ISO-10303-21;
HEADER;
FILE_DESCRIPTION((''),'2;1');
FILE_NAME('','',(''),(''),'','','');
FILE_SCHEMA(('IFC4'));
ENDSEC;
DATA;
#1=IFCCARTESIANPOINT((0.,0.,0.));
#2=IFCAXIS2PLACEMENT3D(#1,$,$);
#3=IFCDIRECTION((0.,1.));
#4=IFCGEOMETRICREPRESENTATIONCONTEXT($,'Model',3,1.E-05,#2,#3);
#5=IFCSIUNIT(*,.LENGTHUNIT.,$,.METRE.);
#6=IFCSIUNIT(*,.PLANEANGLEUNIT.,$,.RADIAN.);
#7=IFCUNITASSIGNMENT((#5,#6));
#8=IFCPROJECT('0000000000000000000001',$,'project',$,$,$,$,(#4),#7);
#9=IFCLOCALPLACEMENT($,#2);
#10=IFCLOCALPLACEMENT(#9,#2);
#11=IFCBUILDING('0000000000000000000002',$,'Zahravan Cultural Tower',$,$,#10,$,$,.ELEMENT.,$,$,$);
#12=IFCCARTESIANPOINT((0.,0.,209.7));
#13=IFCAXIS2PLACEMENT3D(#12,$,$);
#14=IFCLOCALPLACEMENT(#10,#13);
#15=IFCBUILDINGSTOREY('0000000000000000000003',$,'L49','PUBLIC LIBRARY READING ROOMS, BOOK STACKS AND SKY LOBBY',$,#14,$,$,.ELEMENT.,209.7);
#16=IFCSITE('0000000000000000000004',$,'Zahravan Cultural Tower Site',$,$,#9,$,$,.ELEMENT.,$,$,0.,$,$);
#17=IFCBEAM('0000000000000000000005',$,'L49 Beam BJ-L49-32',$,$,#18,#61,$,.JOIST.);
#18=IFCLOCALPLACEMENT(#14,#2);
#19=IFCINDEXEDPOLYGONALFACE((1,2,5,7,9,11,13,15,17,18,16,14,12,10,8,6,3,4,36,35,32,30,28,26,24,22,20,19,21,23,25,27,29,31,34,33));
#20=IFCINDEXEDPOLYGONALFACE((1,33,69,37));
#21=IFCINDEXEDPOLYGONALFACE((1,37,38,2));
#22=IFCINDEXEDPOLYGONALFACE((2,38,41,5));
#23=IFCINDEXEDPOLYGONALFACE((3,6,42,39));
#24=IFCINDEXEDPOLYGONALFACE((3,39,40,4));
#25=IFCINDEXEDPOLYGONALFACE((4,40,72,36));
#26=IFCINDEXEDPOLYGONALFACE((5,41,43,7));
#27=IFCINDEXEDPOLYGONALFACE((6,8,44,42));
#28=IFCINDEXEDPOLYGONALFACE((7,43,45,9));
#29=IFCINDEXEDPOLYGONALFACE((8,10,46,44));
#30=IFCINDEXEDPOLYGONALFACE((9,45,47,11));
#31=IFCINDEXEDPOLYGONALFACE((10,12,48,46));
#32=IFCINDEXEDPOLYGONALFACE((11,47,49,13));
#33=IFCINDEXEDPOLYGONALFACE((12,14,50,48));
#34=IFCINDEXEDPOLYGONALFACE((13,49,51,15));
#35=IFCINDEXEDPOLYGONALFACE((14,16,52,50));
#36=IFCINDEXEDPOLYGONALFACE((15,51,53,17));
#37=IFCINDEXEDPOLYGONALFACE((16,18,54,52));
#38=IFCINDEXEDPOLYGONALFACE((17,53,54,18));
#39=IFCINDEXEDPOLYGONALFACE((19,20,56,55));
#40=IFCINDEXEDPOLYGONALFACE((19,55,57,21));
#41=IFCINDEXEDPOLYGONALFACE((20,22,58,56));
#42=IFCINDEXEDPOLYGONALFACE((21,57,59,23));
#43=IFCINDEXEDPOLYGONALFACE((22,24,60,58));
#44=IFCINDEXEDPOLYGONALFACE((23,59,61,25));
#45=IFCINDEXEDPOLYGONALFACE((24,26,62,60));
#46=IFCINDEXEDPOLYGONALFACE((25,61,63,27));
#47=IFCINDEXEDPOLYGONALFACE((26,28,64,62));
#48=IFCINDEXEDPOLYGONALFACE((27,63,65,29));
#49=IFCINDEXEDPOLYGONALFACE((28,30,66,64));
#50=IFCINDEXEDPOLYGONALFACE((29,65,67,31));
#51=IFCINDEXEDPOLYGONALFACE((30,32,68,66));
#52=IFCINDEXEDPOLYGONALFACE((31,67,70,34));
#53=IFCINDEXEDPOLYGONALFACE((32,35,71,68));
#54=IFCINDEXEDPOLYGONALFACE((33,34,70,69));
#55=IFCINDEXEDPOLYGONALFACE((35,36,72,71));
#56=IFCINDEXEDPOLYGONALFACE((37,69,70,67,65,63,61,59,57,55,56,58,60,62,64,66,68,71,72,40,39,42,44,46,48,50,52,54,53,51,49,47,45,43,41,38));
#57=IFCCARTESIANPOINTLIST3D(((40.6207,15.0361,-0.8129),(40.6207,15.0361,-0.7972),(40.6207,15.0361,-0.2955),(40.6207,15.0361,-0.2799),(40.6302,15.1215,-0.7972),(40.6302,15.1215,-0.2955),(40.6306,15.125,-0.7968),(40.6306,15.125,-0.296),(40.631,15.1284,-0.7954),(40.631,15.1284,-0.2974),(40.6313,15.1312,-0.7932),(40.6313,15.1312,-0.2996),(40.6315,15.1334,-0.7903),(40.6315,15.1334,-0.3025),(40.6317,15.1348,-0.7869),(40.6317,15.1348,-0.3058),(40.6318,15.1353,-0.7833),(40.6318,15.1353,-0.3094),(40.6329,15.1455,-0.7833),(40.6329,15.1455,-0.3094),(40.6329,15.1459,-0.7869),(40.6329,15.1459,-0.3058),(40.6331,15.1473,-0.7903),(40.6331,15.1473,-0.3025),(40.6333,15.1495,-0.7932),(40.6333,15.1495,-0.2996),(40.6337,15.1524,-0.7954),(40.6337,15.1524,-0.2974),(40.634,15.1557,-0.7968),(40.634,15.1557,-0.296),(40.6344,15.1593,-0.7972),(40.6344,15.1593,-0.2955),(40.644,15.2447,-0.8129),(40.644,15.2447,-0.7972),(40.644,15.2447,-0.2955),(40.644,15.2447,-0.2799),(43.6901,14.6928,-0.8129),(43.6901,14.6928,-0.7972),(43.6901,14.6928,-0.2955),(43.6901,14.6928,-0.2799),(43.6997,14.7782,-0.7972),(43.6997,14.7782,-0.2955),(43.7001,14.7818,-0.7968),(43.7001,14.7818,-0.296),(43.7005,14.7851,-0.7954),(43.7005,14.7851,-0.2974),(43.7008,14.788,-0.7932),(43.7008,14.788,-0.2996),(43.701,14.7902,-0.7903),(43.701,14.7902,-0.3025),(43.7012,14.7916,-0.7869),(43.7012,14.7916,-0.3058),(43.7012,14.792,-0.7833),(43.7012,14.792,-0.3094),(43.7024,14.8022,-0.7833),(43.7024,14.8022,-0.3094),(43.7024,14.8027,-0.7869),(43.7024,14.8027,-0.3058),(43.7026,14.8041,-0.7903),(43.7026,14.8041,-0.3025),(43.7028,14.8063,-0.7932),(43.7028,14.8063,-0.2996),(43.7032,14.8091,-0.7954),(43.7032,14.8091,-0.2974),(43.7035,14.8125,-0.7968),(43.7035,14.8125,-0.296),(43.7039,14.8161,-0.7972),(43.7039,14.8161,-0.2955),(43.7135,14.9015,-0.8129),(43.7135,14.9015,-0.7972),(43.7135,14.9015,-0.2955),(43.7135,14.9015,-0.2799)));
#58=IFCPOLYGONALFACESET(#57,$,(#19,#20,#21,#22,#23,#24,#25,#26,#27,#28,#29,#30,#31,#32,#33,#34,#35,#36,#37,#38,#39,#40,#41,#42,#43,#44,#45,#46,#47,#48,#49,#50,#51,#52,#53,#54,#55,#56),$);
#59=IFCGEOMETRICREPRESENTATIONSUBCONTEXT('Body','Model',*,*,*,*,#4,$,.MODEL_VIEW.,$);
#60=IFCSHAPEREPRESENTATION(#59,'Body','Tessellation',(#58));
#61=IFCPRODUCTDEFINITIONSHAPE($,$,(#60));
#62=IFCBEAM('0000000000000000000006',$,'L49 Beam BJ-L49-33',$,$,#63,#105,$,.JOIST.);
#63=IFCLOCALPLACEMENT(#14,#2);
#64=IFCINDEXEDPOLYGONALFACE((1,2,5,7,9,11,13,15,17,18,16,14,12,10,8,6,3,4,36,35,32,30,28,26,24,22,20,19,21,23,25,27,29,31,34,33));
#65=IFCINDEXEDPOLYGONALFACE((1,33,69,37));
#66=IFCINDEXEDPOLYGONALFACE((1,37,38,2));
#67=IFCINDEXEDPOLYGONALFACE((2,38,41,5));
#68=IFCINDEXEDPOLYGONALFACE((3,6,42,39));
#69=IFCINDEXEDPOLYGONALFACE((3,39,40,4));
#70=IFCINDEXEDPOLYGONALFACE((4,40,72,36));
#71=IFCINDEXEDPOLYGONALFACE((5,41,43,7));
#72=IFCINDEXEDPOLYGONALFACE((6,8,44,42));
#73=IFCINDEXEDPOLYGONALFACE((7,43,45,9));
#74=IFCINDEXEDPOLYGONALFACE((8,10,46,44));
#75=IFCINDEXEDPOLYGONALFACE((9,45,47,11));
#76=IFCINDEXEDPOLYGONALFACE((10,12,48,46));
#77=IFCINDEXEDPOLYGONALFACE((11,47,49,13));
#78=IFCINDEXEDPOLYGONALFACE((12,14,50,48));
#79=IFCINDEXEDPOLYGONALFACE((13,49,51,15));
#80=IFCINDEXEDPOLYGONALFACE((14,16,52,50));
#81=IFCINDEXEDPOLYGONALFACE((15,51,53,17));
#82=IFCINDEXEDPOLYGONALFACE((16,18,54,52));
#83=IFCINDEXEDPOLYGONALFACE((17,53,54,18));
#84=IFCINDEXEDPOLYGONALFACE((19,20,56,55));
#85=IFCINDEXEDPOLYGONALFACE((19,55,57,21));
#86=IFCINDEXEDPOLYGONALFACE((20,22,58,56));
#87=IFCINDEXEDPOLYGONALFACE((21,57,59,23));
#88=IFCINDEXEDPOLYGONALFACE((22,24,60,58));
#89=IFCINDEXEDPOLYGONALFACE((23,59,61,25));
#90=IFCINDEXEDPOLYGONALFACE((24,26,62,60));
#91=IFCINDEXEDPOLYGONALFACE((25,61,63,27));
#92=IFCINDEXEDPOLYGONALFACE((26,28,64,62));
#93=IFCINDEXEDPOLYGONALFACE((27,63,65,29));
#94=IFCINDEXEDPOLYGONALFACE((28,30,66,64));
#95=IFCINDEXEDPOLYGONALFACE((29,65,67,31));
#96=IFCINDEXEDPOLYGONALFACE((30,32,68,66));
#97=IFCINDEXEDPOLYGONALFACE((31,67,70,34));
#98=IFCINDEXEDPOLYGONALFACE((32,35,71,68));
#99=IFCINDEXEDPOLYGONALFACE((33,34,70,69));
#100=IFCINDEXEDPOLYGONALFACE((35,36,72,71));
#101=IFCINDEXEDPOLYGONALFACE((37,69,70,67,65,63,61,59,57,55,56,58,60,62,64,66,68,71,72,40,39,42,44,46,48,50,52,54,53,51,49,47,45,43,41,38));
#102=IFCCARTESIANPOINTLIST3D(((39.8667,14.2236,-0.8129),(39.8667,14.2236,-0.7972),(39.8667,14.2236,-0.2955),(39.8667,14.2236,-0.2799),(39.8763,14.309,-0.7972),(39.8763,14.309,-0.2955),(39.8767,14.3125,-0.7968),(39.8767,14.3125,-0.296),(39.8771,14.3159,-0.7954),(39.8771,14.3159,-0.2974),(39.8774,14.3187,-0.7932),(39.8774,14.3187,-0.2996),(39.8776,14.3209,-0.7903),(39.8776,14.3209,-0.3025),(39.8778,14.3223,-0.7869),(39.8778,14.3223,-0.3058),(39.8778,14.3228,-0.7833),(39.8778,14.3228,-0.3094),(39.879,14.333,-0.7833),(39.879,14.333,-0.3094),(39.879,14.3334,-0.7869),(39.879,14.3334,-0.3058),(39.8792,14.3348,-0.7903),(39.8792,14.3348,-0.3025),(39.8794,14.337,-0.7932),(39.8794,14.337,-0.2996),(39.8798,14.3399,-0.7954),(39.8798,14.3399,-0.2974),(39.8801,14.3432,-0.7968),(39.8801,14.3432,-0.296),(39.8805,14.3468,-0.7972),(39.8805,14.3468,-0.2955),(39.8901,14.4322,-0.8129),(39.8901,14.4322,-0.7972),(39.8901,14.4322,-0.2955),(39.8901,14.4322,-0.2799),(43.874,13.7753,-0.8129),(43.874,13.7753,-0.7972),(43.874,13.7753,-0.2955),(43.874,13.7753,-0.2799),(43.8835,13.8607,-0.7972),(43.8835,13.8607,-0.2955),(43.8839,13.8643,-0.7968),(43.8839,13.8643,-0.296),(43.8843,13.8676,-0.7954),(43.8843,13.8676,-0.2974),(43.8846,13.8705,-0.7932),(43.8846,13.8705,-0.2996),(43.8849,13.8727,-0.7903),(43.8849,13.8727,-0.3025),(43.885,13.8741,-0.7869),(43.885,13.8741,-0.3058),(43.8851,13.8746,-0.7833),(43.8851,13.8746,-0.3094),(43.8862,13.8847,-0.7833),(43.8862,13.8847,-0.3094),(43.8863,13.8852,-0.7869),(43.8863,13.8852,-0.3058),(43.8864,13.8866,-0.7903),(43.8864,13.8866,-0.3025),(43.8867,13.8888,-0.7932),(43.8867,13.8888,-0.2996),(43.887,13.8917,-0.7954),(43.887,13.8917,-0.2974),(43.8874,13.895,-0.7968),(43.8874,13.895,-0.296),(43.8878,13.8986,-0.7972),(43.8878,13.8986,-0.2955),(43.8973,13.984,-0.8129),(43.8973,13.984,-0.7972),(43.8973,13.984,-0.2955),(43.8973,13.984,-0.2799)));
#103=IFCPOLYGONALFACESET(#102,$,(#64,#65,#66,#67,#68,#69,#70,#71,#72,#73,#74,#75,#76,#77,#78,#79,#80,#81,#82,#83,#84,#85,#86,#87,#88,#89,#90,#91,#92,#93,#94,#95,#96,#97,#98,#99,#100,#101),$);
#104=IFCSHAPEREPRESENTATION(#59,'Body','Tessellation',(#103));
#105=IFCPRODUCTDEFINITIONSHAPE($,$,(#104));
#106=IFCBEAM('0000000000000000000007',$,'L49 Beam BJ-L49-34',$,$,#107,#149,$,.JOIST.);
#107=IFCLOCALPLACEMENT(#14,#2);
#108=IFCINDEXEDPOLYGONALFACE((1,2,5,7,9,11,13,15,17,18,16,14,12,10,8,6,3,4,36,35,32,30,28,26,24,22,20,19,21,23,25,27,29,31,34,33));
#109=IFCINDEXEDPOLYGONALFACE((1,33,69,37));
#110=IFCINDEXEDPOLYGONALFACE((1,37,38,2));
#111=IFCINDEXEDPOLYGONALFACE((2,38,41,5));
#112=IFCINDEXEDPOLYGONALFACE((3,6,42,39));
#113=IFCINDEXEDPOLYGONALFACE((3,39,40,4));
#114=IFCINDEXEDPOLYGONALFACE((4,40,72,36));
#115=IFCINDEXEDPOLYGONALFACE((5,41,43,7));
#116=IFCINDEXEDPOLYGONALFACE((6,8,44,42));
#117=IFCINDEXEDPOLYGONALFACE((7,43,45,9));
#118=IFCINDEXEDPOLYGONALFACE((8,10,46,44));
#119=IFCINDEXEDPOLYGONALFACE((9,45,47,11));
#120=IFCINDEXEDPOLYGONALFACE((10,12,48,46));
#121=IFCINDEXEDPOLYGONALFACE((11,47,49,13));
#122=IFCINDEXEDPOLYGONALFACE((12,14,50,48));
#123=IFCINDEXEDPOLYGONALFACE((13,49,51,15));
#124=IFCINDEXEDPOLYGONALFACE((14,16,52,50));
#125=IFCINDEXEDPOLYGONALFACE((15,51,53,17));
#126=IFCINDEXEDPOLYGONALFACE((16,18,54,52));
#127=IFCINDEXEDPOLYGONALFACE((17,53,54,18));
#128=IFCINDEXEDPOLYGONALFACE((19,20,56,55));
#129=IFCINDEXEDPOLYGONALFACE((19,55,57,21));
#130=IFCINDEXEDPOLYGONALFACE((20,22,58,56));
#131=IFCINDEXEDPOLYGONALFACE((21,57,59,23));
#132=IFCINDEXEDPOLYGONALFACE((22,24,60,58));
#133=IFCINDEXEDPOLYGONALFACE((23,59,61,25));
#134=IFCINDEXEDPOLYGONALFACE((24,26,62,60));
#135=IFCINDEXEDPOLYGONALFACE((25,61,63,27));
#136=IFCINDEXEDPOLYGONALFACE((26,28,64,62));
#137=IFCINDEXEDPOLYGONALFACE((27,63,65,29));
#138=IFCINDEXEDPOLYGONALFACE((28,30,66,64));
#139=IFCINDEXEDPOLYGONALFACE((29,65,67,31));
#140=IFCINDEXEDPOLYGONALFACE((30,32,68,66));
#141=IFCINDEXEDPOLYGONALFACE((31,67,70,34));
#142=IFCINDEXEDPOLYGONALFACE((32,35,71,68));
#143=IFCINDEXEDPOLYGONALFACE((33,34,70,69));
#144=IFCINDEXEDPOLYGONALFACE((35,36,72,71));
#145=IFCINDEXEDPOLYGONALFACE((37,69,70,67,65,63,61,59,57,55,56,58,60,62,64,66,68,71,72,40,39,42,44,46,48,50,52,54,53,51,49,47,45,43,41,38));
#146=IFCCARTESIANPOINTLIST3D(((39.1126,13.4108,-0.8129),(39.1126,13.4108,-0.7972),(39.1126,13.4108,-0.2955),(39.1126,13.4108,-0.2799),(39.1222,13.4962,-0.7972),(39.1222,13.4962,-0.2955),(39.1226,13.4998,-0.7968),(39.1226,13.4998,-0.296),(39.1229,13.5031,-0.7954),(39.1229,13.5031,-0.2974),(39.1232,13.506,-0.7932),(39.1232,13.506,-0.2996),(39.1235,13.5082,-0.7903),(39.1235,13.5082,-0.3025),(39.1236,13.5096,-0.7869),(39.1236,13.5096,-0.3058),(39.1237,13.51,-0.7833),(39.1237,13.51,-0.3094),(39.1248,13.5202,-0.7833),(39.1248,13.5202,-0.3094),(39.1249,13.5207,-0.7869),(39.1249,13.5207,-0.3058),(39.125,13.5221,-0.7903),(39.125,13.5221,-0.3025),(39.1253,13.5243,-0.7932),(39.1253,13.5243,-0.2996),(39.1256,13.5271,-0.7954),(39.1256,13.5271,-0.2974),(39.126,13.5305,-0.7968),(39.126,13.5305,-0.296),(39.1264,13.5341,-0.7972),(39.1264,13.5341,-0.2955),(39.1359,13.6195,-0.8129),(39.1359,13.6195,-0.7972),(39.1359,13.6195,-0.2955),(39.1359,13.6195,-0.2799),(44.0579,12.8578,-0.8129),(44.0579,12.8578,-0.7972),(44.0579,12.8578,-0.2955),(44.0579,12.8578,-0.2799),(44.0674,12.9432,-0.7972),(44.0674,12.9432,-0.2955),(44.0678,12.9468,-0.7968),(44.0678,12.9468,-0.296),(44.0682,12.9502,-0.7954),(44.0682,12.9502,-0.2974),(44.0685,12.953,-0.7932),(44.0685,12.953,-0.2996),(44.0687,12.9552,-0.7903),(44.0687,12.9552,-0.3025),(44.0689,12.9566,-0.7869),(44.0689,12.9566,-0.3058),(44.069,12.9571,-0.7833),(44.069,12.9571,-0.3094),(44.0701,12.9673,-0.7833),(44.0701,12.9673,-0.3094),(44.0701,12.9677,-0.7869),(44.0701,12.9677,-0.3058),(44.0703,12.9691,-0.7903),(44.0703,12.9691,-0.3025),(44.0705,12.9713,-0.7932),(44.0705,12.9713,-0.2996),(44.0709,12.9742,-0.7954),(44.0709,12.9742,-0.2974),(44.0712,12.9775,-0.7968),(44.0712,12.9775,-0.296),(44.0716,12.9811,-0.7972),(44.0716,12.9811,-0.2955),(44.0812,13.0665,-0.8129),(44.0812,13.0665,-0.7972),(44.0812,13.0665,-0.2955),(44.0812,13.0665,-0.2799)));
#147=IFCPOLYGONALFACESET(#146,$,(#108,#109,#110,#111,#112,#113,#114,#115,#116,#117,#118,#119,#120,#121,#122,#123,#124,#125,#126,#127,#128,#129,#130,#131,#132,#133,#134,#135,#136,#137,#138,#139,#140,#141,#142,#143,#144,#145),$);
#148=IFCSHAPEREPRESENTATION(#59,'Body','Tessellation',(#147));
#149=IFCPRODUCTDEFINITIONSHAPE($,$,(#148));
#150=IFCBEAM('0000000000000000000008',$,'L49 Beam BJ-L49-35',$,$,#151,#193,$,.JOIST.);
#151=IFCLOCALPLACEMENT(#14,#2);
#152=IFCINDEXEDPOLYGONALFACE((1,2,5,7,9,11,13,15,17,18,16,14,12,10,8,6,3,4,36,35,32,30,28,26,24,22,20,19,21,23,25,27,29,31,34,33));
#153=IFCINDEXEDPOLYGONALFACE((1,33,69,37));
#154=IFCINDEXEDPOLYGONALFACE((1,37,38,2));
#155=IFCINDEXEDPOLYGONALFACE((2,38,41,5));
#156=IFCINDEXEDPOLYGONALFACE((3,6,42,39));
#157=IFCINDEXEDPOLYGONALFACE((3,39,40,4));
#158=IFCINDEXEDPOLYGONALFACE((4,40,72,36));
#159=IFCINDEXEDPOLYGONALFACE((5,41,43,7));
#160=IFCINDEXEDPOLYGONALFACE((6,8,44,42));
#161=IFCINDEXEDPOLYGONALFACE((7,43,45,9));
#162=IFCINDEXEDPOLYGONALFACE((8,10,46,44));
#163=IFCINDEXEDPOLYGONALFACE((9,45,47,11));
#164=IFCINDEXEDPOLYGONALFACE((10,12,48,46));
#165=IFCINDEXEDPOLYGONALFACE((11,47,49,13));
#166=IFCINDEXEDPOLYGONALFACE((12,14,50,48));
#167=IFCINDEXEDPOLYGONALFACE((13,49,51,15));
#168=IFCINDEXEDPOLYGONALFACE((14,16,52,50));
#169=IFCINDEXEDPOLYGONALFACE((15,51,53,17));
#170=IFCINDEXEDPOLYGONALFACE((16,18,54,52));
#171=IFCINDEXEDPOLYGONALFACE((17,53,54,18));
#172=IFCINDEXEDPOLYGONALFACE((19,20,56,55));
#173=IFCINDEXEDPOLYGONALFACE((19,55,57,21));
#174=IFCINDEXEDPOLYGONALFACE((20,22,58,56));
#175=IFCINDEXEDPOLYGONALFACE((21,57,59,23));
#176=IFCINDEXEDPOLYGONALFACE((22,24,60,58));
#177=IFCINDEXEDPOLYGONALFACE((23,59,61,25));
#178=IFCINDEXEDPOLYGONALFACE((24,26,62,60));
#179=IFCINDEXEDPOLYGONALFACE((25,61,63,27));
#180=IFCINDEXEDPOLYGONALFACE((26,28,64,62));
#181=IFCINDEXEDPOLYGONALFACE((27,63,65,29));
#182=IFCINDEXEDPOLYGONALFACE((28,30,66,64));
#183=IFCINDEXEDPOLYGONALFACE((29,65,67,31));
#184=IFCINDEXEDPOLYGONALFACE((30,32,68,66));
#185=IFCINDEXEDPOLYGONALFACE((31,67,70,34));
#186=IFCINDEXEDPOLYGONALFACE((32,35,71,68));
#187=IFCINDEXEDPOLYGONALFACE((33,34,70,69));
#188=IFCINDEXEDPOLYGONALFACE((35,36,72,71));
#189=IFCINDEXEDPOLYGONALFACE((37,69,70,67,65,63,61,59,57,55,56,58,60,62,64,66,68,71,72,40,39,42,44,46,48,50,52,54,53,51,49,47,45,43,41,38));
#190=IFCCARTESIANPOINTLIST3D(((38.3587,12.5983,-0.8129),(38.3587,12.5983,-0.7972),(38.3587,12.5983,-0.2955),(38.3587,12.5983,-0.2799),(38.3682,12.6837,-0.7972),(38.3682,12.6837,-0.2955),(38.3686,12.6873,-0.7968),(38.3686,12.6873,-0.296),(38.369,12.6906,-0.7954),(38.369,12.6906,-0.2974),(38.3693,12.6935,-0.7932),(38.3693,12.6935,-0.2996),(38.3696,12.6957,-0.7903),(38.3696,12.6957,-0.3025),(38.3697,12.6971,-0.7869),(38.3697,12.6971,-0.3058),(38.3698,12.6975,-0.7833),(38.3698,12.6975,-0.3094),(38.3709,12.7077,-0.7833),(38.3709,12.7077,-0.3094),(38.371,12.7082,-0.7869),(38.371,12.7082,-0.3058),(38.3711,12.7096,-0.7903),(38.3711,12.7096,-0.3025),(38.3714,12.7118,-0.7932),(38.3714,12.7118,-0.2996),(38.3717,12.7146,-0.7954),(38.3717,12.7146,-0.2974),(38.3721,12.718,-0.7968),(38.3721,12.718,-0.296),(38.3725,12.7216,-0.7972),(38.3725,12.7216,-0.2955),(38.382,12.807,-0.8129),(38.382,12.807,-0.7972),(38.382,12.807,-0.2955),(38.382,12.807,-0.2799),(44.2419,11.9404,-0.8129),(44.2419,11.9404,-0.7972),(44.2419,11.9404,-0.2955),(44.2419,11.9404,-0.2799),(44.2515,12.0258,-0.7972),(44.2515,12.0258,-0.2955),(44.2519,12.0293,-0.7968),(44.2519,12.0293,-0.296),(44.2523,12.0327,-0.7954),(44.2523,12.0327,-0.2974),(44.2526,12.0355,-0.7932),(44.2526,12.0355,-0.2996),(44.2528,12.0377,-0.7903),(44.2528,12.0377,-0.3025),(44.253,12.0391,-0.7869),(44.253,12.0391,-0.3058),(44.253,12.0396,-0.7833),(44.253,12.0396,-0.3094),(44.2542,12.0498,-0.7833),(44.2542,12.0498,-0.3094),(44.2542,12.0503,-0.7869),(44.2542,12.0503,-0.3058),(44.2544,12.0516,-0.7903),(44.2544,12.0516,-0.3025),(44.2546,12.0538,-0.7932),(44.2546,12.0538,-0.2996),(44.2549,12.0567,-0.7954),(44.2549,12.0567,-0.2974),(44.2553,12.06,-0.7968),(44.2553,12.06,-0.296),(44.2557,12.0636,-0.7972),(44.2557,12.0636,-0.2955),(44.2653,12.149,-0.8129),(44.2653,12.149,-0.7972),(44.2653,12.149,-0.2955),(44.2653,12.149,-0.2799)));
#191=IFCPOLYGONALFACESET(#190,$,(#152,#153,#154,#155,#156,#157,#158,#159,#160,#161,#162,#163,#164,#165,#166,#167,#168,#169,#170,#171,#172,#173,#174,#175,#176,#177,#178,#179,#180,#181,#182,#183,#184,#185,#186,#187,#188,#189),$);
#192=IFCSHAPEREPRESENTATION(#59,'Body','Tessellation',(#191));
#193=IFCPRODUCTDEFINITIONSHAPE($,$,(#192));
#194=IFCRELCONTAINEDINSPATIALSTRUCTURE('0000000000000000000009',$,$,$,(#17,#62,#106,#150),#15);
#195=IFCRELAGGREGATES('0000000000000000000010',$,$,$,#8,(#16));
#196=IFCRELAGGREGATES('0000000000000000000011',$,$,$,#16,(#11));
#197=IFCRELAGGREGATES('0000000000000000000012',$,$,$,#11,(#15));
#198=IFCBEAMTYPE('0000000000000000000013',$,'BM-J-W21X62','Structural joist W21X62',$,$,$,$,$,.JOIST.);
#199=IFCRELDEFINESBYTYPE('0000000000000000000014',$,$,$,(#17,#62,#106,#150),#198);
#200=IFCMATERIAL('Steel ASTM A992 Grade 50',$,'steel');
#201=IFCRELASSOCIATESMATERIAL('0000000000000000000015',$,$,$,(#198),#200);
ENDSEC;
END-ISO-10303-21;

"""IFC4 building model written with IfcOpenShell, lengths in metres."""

from ifc_helpers import new_model, si_unit, direction, frame, origin, origin_2d, place, context, subcontext, project, spatial, i_section, extrude, source, transform, mapped, material, material_profile, profile_set, type_object, element, save


model = new_model("IFC4")

# Units and contexts
model_context = context("Model", 3, precision=1e-05, world=origin(), true_north=direction((0.0, 1.0)))
body_context = subcontext(model_context, "Body", "Model", "MODEL_VIEW")
ifc_project = project(units=[si_unit("LENGTHUNIT", "METRE"), si_unit("PLANEANGLEUNIT", "RADIAN")], contexts=[model_context])

# Site, building, storey
site_placement = place(None, origin())
site = spatial("IfcSite", under=ifc_project, at=site_placement, Name="Zahravan Cultural Tower Site", CompositionType="ELEMENT", RefElevation=0.0)
building_placement = place(site_placement, origin())
building = spatial("IfcBuilding", under=site, at=building_placement, Name="Zahravan Cultural Tower", CompositionType="ELEMENT")
storey_placement = place(building_placement, frame((0.0, 0.0, 209.7)))
storey = spatial("IfcBuildingStorey", under=building, at=storey_placement, Name="L49", Description="PUBLIC LIBRARY READING ROOMS, BOOK STACKS AND SKY LOBBY", CompositionType="ELEMENT", Elevation=209.7)

# Shared definitions
ifc_material_1 = material(Name="Steel ASTM A992 Grade 50", Category="steel")

# Beams
ifc_material_profile_1 = material_profile(ifc_material_1, i_section(OverallWidth=0.21, OverallDepth=0.533, WebThickness=0.0103, FlangeThickness=0.0156, FilletRadius=0.0139, at=origin_2d()), Name="W21X62")
ifc_profile_set_1 = profile_set([ifc_material_profile_1], Name="Steel ASTM A992 Grade 50")
beam_type_1 = type_object("IfcBeamType", Name="BM-J-W21X62", Description="Structural joist W21X62", PredefinedType="JOIST", material=ifc_profile_set_1)
shared_shape_1 = source(origin(), body_context, "Body", "SweptSolid", [
    extrude(i_section(OverallWidth=0.21, OverallDepth=0.533, WebThickness=0.0103, FlangeThickness=0.0156, FilletRadius=0.0139, at=origin_2d()), origin(), (0.0, 0.0, 1.0), 3.0886),
])
beam_1_placement = place(storey_placement, frame((40.6323, 15.1404, -0.5464), z_axis=(0.993805, -0.111134, 0.0), x_axis=(0.111134, 0.993805, 0.0)))
element("IfcBeam", 1, at=beam_1_placement, inside=storey, type_object=beam_type_1, Name="L49 Beam BJ-L49-32", PredefinedType="JOIST", context=body_context, shape_type="MappedRepresentation", body=[
    mapped(shared_shape_1, transform((0.0, 0.0, 0.0), x_axis=(1.0, 0.0, 0.0), y_axis=(0.0, 1.0, 0.0), z_axis=(0.0, 0.0, 1.0), scale=1.0)),
])
shared_shape_2 = source(origin(), body_context, "Body", "SweptSolid", [
    extrude(i_section(OverallWidth=0.21, OverallDepth=0.533, WebThickness=0.0103, FlangeThickness=0.0156, FilletRadius=0.0139, at=origin_2d()), origin(), (0.0, 0.0, 1.0), 4.0322),
])
beam_2_placement = place(storey_placement, frame((39.8784, 14.3279, -0.5464), z_axis=(0.993802, -0.111162, 0.0), x_axis=(0.111162, 0.993802, 0.0)))
element("IfcBeam", 2, at=beam_2_placement, inside=storey, type_object=beam_type_1, Name="L49 Beam BJ-L49-33", PredefinedType="JOIST", context=body_context, shape_type="MappedRepresentation", body=[
    mapped(shared_shape_2, transform((0.0, 0.0, 0.0), x_axis=(1.0, 0.0, 0.0), y_axis=(0.0, 1.0, 0.0), z_axis=(0.0, 0.0, 1.0), scale=1.0)),
])
shared_shape_3 = source(origin(), body_context, "Body", "SweptSolid", [
    extrude(i_section(OverallWidth=0.21, OverallDepth=0.533, WebThickness=0.0103, FlangeThickness=0.0156, FilletRadius=0.0139, at=origin_2d()), origin(), (0.0, 0.0, 1.0), 4.9761),
])
beam_3_placement = place(storey_placement, frame((39.1243, 13.5151, -0.5464), z_axis=(0.993806, -0.111126, 0.0), x_axis=(0.111126, 0.993806, 0.0)))
element("IfcBeam", 3, at=beam_3_placement, inside=storey, type_object=beam_type_1, Name="L49 Beam BJ-L49-34", PredefinedType="JOIST", context=body_context, shape_type="MappedRepresentation", body=[
    mapped(shared_shape_3, transform((0.0, 0.0, 0.0), x_axis=(1.0, 0.0, 0.0), y_axis=(0.0, 1.0, 0.0), z_axis=(0.0, 0.0, 1.0), scale=1.0)),
])
shared_shape_4 = source(origin(), body_context, "Body", "SweptSolid", [
    extrude(i_section(OverallWidth=0.21, OverallDepth=0.533, WebThickness=0.0103, FlangeThickness=0.0156, FilletRadius=0.0139, at=origin_2d()), origin(), (0.0, 0.0, 1.0), 5.9199),
])
beam_4_placement = place(storey_placement, frame((38.3704, 12.7026, -0.5464), z_axis=(0.993805, -0.111142, 0.0), x_axis=(0.111142, 0.993805, 0.0)))
element("IfcBeam", 4, at=beam_4_placement, inside=storey, type_object=beam_type_1, Name="L49 Beam BJ-L49-35", PredefinedType="JOIST", context=body_context, shape_type="MappedRepresentation", body=[
    mapped(shared_shape_4, transform((0.0, 0.0, 0.0), x_axis=(1.0, 0.0, 0.0), y_axis=(0.0, 1.0, 0.0), z_axis=(0.0, 0.0, 1.0), scale=1.0)),
])

save(model, "model.ifc")
